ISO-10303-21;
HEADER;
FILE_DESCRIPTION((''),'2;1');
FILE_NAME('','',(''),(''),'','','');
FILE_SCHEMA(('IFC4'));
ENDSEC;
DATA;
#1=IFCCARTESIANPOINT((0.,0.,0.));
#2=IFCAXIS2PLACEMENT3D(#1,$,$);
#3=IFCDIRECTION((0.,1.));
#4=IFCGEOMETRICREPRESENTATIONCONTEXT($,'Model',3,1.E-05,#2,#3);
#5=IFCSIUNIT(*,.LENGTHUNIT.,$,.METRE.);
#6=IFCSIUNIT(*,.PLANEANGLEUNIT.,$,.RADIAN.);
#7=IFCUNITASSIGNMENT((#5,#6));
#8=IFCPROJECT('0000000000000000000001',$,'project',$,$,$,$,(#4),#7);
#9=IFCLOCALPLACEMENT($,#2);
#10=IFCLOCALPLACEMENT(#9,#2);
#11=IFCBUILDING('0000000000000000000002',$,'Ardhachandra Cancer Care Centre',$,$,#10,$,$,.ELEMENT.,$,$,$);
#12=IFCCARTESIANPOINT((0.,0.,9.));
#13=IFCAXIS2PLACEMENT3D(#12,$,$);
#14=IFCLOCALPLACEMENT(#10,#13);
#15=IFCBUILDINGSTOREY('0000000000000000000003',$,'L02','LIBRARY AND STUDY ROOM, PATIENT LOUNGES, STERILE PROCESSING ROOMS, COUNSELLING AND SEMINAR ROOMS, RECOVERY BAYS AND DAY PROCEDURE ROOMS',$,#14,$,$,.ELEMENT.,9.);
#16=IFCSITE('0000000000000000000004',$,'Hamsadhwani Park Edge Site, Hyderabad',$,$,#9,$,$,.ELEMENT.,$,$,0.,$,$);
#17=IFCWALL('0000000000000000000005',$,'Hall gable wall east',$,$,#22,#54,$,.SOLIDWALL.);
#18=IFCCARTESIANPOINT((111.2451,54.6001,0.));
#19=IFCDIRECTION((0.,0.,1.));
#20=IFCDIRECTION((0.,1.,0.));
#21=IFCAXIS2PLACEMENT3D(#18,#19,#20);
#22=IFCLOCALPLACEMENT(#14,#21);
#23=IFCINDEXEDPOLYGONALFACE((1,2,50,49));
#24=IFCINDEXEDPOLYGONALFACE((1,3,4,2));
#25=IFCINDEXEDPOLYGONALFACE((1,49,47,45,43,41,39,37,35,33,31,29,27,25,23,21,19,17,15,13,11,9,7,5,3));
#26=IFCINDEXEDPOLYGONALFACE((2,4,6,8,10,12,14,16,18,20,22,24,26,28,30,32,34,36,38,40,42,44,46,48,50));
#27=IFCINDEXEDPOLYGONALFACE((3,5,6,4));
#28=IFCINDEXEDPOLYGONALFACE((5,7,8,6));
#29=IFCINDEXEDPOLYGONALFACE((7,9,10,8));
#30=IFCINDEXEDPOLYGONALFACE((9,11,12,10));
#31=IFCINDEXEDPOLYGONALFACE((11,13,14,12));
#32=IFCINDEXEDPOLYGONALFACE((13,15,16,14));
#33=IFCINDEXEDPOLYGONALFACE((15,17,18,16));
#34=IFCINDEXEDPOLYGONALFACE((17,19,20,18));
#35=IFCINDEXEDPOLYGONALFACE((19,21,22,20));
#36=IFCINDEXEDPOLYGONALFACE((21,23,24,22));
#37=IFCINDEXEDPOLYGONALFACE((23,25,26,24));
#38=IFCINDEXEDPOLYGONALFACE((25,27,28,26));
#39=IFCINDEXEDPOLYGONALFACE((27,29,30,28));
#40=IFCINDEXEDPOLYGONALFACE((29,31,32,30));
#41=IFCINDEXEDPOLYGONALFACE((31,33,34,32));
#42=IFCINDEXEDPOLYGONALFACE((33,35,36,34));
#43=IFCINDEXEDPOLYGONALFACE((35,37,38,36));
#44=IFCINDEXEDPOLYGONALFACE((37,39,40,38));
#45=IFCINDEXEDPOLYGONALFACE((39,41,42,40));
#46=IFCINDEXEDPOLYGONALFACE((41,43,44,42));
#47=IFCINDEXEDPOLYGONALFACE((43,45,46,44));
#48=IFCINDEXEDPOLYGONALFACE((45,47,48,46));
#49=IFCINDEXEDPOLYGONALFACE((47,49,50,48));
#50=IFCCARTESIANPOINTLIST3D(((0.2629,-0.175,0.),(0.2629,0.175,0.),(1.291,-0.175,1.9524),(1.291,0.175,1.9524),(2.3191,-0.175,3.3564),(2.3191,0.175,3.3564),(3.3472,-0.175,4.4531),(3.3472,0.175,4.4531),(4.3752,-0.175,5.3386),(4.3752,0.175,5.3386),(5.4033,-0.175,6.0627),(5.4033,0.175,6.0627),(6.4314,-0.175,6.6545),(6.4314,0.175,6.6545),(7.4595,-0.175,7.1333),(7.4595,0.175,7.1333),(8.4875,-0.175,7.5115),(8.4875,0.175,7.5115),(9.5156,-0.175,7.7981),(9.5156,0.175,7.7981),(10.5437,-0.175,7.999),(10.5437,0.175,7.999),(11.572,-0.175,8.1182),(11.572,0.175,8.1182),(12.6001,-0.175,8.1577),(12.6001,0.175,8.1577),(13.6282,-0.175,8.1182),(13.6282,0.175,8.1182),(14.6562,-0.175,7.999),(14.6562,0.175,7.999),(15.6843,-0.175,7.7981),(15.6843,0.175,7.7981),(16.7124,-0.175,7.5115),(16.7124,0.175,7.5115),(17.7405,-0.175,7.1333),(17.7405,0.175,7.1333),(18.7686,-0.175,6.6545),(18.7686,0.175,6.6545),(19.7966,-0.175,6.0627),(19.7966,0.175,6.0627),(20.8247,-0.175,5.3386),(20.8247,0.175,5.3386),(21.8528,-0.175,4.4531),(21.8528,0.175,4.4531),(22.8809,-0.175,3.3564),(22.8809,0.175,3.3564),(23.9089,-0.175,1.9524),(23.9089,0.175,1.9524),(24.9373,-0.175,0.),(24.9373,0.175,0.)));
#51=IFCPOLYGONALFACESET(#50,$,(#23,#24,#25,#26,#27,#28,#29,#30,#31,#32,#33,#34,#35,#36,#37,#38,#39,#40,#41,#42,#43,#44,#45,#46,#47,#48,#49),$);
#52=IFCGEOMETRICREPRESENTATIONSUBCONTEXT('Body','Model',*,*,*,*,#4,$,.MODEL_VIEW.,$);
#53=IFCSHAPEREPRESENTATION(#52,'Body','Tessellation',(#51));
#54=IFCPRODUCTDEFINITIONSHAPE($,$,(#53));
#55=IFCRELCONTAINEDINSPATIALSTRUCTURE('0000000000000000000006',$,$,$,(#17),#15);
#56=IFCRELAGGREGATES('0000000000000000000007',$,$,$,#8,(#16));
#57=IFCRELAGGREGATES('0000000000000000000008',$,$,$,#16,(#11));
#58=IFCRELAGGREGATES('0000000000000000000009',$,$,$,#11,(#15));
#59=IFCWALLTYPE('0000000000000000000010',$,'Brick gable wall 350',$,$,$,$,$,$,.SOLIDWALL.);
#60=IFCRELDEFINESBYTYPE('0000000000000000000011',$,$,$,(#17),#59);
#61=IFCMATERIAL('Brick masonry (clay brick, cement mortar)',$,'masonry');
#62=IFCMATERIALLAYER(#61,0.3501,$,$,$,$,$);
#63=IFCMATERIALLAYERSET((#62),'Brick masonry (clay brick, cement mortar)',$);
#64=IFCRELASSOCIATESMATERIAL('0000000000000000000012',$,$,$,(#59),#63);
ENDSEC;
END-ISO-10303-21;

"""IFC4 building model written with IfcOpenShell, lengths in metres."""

from ifc_helpers import new_model, si_unit, direction, frame, origin, place, context, subcontext, project, spatial, polyline, outline, extrude, material, layer, layer_set, type_object, element, save


model = new_model("IFC4")

# Units and contexts
model_context = context("Model", 3, precision=1e-05, world=origin(), true_north=direction((0.0, 1.0)))
body_context = subcontext(model_context, "Body", "Model", "MODEL_VIEW")
ifc_project = project(units=[si_unit("LENGTHUNIT", "METRE"), si_unit("PLANEANGLEUNIT", "RADIAN")], contexts=[model_context])

# Site, building, storey
site_placement = place(None, origin())
site = spatial("IfcSite", under=ifc_project, at=site_placement, Name="Hamsadhwani Park Edge Site, Hyderabad", CompositionType="ELEMENT", RefElevation=0.0)
building_placement = place(site_placement, origin())
building = spatial("IfcBuilding", under=site, at=building_placement, Name="Ardhachandra Cancer Care Centre", CompositionType="ELEMENT")
storey_placement = place(building_placement, frame((0.0, 0.0, 9.0)))
storey = spatial("IfcBuildingStorey", under=building, at=storey_placement, Name="L02", Description="LIBRARY AND STUDY ROOM, PATIENT LOUNGES, STERILE PROCESSING ROOMS, COUNSELLING AND SEMINAR ROOMS, RECOVERY BAYS AND DAY PROCEDURE ROOMS", CompositionType="ELEMENT", Elevation=9.0)

# Wall
ifc_material_1 = material(Name="Brick masonry (clay brick, cement mortar)", Category="masonry")
ifc_layer_1 = layer(ifc_material_1, 0.3501)
ifc_layer_set_1 = layer_set([ifc_layer_1], Name="Brick masonry (clay brick, cement mortar)")
wall_type_1 = type_object("IfcWallType", Name="Brick gable wall 350", PredefinedType="SOLIDWALL", material=ifc_layer_set_1)
wall_1_placement = place(storey_placement, frame((111.2451, 54.6001, 0.0), z_axis=(0.0, 0.0, 1.0), x_axis=(0.0, 1.0, 0.0)))
element("IfcWall", 1, at=wall_1_placement, inside=storey, type_object=wall_type_1, Name="Hall gable wall east", PredefinedType="SOLIDWALL", context=body_context, shape_type="SweptSolid", body=[
    extrude(outline(polyline([(24.9373, 0.0), (24.9373, 0.0), (23.9089, 1.9524), (22.8809, 3.3564), (21.8528, 4.4531), (20.8247, 5.3386), (19.7966, 6.0627), (18.7686, 6.6545), (17.7405, 7.1333), (16.7124, 7.5115), (15.6843, 7.7981), (14.6562, 7.999), (13.6282, 8.1182), (12.6001, 8.1577), (11.572, 8.1182), (10.5437, 7.999), (9.5156, 7.7981), (8.4875, 7.5115), (7.4595, 7.1333), (6.4314, 6.6545), (5.4033, 6.0627), (4.3752, 5.3386), (3.3472, 4.4531), (2.3191, 3.3564), (1.291, 1.9524), (0.2629, 0.0), (0.2629, 0.0), (24.9373, 0.0)])), frame((0.0, 0.175, 0.0), z_axis=(0.0, -1.0, 0.0), x_axis=(1.0, 0.0, 0.0)), (0.0, 0.0, 1.0), 0.3501),
])

save(model, "model.ifc")
